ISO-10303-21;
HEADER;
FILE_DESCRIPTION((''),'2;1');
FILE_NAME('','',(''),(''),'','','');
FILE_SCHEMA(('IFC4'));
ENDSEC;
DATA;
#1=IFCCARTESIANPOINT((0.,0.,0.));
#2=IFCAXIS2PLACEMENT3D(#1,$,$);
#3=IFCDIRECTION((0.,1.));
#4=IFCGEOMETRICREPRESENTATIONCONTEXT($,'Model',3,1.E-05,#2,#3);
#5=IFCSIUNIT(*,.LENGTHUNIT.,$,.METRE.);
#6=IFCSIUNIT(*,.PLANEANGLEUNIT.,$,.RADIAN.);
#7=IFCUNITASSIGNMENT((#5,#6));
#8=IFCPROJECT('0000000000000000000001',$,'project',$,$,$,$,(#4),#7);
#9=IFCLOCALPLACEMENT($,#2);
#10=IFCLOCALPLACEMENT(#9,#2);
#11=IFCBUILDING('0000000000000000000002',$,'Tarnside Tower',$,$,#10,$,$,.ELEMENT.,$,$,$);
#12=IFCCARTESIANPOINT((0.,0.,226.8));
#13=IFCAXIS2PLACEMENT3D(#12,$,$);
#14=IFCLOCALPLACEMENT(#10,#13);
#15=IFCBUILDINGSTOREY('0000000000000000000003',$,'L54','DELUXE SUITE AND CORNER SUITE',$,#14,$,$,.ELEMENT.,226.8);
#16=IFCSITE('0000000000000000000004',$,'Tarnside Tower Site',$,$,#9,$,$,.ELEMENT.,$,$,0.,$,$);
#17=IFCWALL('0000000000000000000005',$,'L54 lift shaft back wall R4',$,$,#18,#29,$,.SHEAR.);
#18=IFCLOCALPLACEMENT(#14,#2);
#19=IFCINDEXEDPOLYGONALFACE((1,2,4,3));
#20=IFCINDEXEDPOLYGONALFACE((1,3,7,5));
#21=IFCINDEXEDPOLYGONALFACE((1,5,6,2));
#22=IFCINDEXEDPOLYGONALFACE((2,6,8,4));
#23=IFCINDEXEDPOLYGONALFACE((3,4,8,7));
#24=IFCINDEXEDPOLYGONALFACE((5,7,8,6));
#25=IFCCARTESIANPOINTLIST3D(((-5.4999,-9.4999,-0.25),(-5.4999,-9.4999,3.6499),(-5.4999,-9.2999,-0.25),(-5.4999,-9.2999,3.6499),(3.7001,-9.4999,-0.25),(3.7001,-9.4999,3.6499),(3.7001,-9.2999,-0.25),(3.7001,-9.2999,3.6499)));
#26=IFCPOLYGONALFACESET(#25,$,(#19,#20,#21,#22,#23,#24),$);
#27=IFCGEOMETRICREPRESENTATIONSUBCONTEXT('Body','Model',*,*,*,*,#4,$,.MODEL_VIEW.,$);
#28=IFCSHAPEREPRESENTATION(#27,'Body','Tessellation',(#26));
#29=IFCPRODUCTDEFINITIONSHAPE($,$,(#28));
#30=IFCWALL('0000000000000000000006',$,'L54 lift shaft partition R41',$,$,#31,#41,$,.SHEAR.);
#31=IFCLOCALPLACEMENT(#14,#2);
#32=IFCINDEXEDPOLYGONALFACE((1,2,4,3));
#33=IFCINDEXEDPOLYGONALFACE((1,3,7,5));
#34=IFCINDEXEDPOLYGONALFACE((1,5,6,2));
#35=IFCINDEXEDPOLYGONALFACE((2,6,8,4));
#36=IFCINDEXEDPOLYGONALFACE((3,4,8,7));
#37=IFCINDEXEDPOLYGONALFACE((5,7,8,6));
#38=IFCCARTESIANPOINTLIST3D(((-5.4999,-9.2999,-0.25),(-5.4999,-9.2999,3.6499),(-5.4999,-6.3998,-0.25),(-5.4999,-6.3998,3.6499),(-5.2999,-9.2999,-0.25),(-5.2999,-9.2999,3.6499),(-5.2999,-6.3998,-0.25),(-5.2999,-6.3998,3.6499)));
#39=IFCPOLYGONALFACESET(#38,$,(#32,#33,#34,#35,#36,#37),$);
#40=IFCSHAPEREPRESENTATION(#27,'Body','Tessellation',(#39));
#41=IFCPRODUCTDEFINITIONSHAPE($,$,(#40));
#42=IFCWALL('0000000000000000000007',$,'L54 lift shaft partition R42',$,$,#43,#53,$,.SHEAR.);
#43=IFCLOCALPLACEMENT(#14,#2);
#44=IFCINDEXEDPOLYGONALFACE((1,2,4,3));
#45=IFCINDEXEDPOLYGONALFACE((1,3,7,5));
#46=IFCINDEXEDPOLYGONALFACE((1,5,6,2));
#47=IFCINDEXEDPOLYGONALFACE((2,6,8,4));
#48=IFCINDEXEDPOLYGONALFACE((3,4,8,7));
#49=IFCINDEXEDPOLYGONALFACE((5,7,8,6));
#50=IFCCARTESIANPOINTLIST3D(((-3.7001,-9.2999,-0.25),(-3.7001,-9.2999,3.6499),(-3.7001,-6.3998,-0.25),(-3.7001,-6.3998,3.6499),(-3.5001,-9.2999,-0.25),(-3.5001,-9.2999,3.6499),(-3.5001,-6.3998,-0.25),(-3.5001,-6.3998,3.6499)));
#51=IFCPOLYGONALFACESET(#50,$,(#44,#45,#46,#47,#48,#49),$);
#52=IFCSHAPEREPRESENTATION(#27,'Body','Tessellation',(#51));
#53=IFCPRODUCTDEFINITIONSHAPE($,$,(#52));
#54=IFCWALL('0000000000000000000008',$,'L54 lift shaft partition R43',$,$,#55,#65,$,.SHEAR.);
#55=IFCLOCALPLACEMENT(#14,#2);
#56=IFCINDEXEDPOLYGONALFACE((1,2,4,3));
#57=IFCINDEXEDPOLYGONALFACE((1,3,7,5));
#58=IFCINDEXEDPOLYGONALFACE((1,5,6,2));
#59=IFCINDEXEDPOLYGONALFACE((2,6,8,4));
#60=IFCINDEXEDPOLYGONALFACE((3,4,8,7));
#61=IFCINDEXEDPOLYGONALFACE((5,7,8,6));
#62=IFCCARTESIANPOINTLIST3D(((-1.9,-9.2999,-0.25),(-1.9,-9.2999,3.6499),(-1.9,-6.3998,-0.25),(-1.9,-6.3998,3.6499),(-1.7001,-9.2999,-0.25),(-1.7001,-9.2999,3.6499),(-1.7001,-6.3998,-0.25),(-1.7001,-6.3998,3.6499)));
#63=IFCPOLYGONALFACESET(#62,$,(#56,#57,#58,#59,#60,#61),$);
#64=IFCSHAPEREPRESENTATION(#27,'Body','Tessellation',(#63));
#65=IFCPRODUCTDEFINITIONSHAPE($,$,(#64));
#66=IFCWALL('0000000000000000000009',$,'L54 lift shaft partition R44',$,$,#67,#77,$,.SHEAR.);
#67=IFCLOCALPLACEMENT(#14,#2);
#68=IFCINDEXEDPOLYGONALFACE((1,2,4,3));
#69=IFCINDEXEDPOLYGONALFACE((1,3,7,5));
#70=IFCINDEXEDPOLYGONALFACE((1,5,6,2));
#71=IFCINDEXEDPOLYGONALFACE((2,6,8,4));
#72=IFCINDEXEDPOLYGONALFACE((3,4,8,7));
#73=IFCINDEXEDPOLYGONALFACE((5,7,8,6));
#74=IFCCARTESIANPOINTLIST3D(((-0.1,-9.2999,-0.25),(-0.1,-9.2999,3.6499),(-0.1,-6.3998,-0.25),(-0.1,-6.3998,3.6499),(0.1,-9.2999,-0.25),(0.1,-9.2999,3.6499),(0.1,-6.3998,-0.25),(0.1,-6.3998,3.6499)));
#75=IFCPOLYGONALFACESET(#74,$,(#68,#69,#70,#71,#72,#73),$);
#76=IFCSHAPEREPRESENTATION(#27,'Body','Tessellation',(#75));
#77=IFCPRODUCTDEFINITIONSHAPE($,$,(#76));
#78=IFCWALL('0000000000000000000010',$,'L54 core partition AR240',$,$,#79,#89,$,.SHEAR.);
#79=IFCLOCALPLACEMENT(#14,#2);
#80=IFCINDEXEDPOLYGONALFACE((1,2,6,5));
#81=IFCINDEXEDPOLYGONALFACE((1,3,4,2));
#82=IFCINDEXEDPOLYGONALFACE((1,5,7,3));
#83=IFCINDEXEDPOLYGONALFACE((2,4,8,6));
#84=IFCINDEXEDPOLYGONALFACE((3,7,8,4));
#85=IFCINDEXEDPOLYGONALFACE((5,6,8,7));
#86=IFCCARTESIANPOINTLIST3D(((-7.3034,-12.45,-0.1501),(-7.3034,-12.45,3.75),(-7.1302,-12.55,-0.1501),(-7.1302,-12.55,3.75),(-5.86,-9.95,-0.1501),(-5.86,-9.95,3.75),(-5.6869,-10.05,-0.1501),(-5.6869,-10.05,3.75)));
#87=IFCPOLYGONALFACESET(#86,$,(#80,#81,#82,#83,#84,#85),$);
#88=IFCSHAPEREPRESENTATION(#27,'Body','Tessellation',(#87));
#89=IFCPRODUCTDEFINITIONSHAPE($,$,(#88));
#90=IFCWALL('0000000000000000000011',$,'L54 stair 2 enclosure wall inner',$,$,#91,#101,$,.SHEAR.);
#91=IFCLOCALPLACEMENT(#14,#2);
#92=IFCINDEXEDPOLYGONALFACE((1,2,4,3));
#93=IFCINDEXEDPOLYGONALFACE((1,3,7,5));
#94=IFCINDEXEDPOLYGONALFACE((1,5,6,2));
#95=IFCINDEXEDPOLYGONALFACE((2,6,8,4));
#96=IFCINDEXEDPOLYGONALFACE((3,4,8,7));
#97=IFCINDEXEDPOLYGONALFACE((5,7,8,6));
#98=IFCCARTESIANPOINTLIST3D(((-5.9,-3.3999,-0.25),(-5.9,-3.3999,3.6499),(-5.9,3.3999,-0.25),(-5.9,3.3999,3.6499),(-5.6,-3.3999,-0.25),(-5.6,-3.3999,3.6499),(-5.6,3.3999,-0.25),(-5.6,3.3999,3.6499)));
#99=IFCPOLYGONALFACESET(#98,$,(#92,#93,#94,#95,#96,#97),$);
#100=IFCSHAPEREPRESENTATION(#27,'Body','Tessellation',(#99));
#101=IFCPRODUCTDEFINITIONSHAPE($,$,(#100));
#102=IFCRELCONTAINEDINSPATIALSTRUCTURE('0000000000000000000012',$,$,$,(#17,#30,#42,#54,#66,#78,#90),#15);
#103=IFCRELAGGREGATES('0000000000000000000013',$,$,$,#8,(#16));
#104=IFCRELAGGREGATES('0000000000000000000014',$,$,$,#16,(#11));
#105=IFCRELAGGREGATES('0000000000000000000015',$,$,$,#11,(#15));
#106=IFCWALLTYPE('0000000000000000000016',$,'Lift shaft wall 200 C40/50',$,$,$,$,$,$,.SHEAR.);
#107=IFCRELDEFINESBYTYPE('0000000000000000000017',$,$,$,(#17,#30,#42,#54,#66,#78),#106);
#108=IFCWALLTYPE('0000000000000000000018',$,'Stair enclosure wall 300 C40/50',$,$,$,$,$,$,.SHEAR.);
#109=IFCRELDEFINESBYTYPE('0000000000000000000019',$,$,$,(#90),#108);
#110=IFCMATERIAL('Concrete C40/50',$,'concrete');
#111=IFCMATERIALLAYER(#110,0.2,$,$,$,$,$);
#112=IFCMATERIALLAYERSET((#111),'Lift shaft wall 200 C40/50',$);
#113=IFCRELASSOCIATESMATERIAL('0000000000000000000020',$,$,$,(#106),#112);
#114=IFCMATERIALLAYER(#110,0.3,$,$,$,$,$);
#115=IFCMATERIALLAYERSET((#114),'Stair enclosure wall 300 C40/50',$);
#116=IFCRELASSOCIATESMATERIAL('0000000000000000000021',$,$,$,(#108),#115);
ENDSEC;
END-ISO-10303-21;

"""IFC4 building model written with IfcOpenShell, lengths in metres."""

from ifc_helpers import new_model, si_unit, direction, frame, frame_2d, origin, place, context, subcontext, project, spatial, rectangle, extrude, material, layer, layer_set, type_object, element, save


model = new_model("IFC4")

# Units and contexts
model_context = context("Model", 3, precision=1e-05, world=origin(), true_north=direction((0.0, 1.0)))
body_context = subcontext(model_context, "Body", "Model", "MODEL_VIEW")
ifc_project = project(units=[si_unit("LENGTHUNIT", "METRE"), si_unit("PLANEANGLEUNIT", "RADIAN")], contexts=[model_context])

# Site, building, storey
site_placement = place(None, origin())
site = spatial("IfcSite", under=ifc_project, at=site_placement, Name="Tarnside Tower Site", CompositionType="ELEMENT", RefElevation=0.0)
building_placement = place(site_placement, origin())
building = spatial("IfcBuilding", under=site, at=building_placement, Name="Tarnside Tower", CompositionType="ELEMENT")
storey_placement = place(building_placement, frame((0.0, 0.0, 226.8)))
storey = spatial("IfcBuildingStorey", under=building, at=storey_placement, Name="L54", Description="DELUXE SUITE AND CORNER SUITE", CompositionType="ELEMENT", Elevation=226.8)

# Shared definitions
ifc_material_1 = material(Name="Concrete C40/50", Category="concrete")

# Shared definitions
ifc_layer_1 = layer(ifc_material_1, 0.2)
ifc_layer_set_1 = layer_set([ifc_layer_1], Name="Lift shaft wall 200 C40/50")
wall_type_1 = type_object("IfcWallType", Name="Lift shaft wall 200 C40/50", PredefinedType="SHEAR", material=ifc_layer_set_1)

# Walls
wall_1_placement = place(storey_placement, frame((-5.5, -9.3999, -0.25), z_axis=(0.0, 0.0, 1.0), x_axis=(1.0, 0.0, 0.0)))
element("IfcWall", 1, at=wall_1_placement, inside=storey, type_object=wall_type_1, Name="L54 lift shaft back wall R4", PredefinedType="SHEAR", context=body_context, shape_type="SweptSolid", body=[
    extrude(rectangle(XDim=9.2, YDim=0.2, at=frame_2d((4.6001, 0.0))), origin(), (0.0, 0.0, 1.0), 3.8999),
])
for number, where, z_axis, x_axis, name in (
    (2, (-5.3999, -9.3, -0.25), (0.0, 0.0, 1.0), (0.0, 1.0, 0.0), "L54 lift shaft partition R41"),
    (3, (-3.6001, -9.3, -0.25), (0.0, 0.0, 1.0), (0.0, 1.0, 0.0), "L54 lift shaft partition R42"),
    (4, (-1.8, -9.3, -0.25), (0.0, 0.0, 1.0), (0.0, 1.0, 0.0), "L54 lift shaft partition R43"),
    (5, (0.0, -9.3, -0.25), (0.0, 0.0, 1.0), (0.0, 1.0, 0.0), "L54 lift shaft partition R44"),
):
    element("IfcWall", number, at=place(storey_placement, frame(where, z_axis=z_axis, x_axis=x_axis)), inside=storey, type_object=wall_type_1, Name=name, PredefinedType="SHEAR", context=body_context, shape_type="SweptSolid", body=[
        extrude(rectangle(XDim=2.9001, YDim=0.2, at=frame_2d((1.4502, 0.0))), origin(), (0.0, 0.0, 1.0), 3.8999),
    ])
wall_2_placement = place(storey_placement, frame((-5.7734, -10.0, -0.1501), z_axis=(0.0, 0.0, 1.0), x_axis=(-0.499996, -0.866028, 0.0)))
element("IfcWall", 6, at=wall_2_placement, inside=storey, type_object=wall_type_1, Name="L54 core partition AR240", PredefinedType="SHEAR", context=body_context, shape_type="SweptSolid", body=[
    extrude(rectangle(XDim=2.8867, YDim=0.2, at=frame_2d((1.4434, 0.0))), origin(), (0.0, 0.0, 1.0), 3.9001),
])
ifc_layer_2 = layer(ifc_material_1, 0.3)
ifc_layer_set_2 = layer_set([ifc_layer_2], Name="Stair enclosure wall 300 C40/50")
wall_type_2 = type_object("IfcWallType", Name="Stair enclosure wall 300 C40/50", PredefinedType="SHEAR", material=ifc_layer_set_2)
wall_3_placement = place(storey_placement, frame((-5.75, -3.3999, -0.25), z_axis=(0.0, 0.0, 1.0), x_axis=(0.0, 1.0, 0.0)))
element("IfcWall", 7, at=wall_3_placement, inside=storey, type_object=wall_type_2, Name="L54 stair 2 enclosure wall inner", PredefinedType="SHEAR", context=body_context, shape_type="SweptSolid", body=[
    extrude(rectangle(XDim=6.7998, YDim=0.3, at=frame_2d((3.3999, 0.0))), origin(), (0.0, 0.0, 1.0), 3.8999),
])

save(model, "model.ifc")
